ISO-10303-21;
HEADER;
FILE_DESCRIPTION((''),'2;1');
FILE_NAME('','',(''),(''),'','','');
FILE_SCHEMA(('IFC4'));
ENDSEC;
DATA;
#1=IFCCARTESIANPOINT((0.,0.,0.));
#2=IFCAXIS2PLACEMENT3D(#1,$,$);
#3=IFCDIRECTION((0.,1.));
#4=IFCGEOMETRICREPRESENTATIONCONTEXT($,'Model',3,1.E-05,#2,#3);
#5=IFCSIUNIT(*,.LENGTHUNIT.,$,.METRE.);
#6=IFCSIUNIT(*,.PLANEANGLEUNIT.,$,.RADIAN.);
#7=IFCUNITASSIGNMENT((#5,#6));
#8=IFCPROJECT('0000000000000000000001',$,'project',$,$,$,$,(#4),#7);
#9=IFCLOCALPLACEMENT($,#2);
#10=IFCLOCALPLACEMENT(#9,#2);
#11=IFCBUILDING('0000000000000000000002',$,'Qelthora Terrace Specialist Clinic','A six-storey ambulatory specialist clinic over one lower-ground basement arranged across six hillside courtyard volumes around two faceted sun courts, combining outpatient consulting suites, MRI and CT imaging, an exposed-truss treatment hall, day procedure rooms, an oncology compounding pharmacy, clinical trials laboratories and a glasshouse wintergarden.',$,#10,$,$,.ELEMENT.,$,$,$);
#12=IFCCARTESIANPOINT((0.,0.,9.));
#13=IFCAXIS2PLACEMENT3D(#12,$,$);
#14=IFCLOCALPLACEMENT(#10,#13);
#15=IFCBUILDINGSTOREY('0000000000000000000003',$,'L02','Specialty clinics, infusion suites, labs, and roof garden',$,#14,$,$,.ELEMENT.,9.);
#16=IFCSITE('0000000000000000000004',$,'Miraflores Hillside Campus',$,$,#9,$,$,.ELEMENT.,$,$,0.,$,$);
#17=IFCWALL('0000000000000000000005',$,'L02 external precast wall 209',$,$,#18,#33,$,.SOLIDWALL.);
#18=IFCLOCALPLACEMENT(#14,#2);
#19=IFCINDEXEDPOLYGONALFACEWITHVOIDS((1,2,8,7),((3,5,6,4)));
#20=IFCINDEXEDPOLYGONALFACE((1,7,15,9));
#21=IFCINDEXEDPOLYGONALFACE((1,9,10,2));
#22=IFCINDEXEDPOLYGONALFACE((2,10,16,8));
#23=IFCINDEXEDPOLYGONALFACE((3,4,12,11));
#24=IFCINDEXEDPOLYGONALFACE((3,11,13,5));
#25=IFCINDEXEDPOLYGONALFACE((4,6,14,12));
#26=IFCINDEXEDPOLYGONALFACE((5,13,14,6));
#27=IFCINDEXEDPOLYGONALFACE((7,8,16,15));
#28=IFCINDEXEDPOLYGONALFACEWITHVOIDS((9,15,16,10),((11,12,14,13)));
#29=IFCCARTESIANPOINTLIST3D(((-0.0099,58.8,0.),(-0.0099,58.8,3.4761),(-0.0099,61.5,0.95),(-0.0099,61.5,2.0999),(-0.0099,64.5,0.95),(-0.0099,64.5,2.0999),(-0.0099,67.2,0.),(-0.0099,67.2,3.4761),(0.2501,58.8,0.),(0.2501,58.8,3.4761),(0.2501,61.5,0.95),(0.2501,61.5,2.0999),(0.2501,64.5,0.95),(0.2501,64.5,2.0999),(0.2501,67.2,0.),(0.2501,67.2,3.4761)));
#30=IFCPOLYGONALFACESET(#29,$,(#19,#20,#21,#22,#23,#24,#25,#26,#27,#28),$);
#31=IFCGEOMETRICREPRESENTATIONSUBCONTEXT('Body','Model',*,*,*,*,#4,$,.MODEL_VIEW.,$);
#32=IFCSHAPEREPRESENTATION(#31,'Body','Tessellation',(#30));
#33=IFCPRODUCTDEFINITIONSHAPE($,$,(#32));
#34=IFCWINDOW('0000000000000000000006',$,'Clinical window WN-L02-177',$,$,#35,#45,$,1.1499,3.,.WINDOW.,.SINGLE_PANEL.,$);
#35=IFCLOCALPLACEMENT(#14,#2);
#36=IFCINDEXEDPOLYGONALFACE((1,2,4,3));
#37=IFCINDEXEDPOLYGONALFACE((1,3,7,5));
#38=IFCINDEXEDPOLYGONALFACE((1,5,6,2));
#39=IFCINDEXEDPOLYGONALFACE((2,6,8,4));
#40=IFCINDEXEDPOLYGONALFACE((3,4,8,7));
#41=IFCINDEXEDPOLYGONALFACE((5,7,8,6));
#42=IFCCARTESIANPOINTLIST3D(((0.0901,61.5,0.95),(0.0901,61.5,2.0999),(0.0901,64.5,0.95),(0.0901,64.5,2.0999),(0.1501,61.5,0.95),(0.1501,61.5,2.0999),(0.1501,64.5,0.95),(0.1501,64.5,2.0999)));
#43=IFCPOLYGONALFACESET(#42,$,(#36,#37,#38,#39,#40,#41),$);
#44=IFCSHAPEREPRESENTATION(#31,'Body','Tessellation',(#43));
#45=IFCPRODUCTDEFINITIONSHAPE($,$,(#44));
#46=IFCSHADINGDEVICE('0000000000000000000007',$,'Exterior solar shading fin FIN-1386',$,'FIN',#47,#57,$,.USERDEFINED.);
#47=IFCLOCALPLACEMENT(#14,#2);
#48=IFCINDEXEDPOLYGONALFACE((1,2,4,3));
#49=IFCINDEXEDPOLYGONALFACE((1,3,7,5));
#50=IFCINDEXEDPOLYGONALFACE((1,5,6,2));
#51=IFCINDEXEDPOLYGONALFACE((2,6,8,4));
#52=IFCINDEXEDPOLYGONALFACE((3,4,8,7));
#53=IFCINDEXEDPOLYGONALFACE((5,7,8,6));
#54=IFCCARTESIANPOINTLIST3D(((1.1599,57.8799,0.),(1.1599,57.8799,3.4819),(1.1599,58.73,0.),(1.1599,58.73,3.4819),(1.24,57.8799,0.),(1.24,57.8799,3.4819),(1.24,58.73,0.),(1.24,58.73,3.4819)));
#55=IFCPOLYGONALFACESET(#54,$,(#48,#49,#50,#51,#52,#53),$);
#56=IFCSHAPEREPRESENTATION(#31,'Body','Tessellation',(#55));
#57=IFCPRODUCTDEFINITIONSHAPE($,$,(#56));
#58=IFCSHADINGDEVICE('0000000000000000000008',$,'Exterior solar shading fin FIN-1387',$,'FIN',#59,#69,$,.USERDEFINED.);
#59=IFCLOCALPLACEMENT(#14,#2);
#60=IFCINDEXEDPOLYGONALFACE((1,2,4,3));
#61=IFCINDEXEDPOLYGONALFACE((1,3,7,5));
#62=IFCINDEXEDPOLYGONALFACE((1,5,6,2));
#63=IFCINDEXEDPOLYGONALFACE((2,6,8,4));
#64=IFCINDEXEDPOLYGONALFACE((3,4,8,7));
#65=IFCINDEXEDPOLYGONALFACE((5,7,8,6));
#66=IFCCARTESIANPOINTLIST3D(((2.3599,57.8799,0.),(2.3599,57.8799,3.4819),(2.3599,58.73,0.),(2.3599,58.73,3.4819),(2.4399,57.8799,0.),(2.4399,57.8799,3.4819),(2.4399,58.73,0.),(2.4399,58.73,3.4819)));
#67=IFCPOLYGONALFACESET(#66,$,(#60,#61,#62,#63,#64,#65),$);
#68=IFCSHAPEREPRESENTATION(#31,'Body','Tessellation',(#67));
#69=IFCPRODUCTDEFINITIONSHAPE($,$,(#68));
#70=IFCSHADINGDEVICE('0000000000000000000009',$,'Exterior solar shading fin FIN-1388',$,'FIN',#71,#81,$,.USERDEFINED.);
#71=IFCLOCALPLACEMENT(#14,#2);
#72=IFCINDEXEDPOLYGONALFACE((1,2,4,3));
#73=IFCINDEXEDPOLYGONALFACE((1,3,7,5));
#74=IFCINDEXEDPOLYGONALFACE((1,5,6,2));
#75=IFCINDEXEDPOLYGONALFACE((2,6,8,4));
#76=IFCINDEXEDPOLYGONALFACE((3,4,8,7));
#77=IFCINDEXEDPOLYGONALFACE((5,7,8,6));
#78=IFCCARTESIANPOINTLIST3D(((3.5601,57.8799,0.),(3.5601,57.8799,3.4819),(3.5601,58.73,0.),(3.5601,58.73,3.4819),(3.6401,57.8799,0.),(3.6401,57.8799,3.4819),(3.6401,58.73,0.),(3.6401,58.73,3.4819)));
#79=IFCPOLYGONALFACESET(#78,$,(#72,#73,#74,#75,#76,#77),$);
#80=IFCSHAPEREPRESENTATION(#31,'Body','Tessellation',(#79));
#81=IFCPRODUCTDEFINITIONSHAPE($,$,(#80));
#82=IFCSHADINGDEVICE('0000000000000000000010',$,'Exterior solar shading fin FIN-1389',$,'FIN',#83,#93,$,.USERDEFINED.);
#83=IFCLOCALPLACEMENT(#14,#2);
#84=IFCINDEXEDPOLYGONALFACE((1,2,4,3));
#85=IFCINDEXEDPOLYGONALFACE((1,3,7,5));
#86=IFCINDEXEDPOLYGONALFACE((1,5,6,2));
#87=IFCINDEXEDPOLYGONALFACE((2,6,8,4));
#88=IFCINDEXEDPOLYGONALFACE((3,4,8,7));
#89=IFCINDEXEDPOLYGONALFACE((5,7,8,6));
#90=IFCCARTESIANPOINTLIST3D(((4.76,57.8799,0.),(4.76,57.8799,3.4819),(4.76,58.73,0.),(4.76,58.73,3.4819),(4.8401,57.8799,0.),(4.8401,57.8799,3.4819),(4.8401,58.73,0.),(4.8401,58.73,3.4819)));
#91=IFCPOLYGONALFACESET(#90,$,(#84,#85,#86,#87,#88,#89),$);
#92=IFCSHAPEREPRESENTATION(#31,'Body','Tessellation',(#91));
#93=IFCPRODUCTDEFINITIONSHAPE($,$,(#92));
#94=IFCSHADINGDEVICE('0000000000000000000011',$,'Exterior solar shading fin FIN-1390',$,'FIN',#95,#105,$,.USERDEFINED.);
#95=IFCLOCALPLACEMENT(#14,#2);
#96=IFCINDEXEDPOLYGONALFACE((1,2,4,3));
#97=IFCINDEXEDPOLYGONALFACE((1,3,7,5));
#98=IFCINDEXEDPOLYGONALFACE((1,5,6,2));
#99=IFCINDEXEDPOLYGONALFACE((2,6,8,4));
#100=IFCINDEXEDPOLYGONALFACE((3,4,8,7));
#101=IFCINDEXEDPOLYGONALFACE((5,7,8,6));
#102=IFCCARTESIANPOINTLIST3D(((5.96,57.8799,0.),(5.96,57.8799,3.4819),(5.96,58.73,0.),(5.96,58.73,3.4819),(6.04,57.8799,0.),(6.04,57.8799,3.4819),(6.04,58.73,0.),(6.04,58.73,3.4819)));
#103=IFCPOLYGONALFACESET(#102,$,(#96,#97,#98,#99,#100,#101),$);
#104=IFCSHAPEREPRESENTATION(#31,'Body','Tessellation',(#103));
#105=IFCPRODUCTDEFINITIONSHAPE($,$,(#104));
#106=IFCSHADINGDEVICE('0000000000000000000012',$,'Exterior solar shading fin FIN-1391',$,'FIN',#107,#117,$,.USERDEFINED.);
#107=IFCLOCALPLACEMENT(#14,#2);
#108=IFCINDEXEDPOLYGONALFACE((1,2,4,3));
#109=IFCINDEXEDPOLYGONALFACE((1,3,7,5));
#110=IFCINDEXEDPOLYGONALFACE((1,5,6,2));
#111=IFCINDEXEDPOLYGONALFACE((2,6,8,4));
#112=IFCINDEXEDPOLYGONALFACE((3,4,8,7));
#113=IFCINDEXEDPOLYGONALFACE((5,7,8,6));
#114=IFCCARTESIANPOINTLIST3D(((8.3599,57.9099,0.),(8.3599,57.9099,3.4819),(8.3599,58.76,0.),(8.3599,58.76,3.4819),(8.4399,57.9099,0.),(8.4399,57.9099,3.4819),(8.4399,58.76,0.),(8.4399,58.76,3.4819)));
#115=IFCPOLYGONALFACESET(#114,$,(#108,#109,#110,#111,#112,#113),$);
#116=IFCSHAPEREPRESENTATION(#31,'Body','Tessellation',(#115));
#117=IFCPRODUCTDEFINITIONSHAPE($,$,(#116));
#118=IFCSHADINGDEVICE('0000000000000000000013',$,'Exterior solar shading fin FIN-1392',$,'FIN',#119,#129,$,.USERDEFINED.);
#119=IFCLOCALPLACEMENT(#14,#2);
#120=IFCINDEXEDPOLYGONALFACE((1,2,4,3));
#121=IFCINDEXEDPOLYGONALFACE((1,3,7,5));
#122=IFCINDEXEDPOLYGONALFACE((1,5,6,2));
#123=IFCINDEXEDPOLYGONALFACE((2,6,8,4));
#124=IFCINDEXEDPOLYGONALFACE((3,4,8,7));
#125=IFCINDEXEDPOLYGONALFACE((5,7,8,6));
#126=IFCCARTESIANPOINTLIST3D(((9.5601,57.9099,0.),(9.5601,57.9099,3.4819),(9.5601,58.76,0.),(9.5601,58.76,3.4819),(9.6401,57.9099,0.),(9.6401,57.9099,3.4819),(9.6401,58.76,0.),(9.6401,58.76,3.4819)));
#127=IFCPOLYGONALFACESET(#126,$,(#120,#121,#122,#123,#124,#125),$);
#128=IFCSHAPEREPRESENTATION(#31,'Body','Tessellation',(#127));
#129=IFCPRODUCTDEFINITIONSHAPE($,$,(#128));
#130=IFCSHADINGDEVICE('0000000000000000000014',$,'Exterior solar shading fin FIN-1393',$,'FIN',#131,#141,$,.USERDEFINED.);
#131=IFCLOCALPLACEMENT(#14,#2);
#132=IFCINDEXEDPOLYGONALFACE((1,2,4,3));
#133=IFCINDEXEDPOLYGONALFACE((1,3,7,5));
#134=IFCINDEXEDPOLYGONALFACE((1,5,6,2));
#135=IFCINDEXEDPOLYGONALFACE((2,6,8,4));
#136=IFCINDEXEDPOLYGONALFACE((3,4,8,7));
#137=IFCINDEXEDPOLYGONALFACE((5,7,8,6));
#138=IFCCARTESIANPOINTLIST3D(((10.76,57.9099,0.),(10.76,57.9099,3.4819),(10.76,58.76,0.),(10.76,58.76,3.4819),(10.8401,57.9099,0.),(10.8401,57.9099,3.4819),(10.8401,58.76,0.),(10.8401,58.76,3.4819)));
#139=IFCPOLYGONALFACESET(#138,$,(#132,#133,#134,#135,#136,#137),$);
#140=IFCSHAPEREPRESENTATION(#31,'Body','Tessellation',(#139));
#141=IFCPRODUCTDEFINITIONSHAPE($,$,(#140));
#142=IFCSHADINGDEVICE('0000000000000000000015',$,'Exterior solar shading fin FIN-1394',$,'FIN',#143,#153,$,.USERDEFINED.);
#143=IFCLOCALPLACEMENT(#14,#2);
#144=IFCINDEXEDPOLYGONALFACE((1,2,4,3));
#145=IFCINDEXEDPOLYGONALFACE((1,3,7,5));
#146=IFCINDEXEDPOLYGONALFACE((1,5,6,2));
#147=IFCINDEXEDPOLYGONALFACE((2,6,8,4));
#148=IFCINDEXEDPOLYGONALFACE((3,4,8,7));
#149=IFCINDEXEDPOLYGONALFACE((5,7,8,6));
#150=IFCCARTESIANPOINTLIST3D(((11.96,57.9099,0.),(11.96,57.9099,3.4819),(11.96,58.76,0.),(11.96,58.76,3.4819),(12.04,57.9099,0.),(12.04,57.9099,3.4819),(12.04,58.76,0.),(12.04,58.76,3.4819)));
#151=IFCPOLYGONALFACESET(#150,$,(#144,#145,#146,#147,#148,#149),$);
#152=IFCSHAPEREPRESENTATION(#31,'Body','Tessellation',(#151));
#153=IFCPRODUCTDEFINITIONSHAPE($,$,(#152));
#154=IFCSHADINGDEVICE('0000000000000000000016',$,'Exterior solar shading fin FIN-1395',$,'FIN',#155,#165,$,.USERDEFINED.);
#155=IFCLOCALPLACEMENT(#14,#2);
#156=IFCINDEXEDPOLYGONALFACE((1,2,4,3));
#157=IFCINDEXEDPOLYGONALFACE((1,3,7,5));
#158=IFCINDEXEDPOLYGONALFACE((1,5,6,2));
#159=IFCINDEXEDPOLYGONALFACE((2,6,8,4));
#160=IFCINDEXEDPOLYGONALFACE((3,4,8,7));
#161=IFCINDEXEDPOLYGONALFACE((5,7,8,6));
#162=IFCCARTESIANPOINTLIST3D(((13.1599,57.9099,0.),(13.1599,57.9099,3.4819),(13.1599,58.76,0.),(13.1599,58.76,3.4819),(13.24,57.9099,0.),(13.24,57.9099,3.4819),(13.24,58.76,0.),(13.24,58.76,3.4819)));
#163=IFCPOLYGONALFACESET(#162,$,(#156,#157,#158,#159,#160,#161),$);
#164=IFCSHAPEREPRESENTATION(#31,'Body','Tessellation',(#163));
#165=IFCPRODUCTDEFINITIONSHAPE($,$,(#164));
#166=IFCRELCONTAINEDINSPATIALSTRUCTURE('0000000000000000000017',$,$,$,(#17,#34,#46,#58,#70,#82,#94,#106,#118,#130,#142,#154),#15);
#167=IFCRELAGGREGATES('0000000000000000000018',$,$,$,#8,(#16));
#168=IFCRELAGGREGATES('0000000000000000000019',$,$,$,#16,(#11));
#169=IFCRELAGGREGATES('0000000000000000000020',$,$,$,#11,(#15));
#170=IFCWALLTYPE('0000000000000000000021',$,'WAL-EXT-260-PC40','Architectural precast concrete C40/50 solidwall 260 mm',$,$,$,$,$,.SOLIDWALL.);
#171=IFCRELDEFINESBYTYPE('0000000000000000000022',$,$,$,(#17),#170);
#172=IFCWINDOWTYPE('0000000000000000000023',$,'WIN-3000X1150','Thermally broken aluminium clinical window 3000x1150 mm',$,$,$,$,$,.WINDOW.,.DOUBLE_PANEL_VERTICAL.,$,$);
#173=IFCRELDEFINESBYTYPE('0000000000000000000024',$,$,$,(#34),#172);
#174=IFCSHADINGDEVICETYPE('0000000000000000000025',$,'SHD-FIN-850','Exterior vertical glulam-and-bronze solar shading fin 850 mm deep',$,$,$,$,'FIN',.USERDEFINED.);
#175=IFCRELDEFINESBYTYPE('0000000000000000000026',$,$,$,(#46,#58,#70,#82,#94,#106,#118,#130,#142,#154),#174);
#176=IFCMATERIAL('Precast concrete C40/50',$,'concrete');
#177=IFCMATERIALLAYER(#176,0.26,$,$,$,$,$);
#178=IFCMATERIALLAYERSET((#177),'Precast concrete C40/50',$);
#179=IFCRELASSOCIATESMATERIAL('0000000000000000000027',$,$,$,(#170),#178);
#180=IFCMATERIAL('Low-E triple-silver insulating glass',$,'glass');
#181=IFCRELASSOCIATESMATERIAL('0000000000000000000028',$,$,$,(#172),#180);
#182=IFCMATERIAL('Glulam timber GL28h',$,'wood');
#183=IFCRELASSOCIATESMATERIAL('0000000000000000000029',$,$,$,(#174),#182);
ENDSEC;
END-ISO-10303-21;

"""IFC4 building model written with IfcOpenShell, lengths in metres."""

from ifc_helpers import new_model, si_unit, direction, frame, frame_2d, origin, origin_2d, place, context, subcontext, project, spatial, rectangle, extrude, material, layer, layer_set, type_object, element, fill, save


model = new_model("IFC4")

# Units and contexts
model_context = context("Model", 3, precision=1e-05, world=origin(), true_north=direction((0.0, 1.0)))
body_context = subcontext(model_context, "Body", "Model", "MODEL_VIEW")
ifc_project = project(units=[si_unit("LENGTHUNIT", "METRE"), si_unit("PLANEANGLEUNIT", "RADIAN")], contexts=[model_context])

# Site, building, storey
site_placement = place(None, origin())
site = spatial("IfcSite", under=ifc_project, at=site_placement, Name="Miraflores Hillside Campus", CompositionType="ELEMENT", RefElevation=0.0)
building_placement = place(site_placement, origin())
building = spatial("IfcBuilding", under=site, at=building_placement, Name="Qelthora Terrace Specialist Clinic", Description="A six-storey ambulatory specialist clinic over one lower-ground basement arranged across six hillside courtyard volumes around two faceted sun courts, combining outpatient consulting suites, MRI and CT imaging, an exposed-truss treatment hall, day procedure rooms, an oncology compounding pharmacy, clinical trials laboratories and a glasshouse wintergarden.", CompositionType="ELEMENT")
storey_placement = place(building_placement, frame((0.0, 0.0, 9.0)))
storey = spatial("IfcBuildingStorey", under=building, at=storey_placement, Name="L02", Description="Specialty clinics, infusion suites, labs, and roof garden", CompositionType="ELEMENT", Elevation=9.0)

# Wall, opening, window
ifc_material_1 = material(Name="Precast concrete C40/50", Category="concrete")
ifc_layer = layer(ifc_material_1, 0.26)
ifc_layer_set = layer_set([ifc_layer], Name="Precast concrete C40/50")
wall_type = type_object("IfcWallType", Name="WAL-EXT-260-PC40", Description="Architectural precast concrete C40/50 solidwall 260 mm", PredefinedType="SOLIDWALL", material=ifc_layer_set)
wall_placement = place(storey_placement, frame((0.1201, 58.8, 0.0), z_axis=(0.0, 0.0, 1.0), x_axis=(0.0, 1.0, 0.0)))
wall = element("IfcWall", 1, at=wall_placement, inside=storey, type_object=wall_type, Name="L02 external precast wall 209", PredefinedType="SOLIDWALL", context=body_context, shape_type="SweptSolid", body=[
    extrude(rectangle(XDim=8.3999, YDim=0.26, at=frame_2d((4.2, 0.0))), origin(), (0.0, 0.0, 1.0), 3.4761),
])
opening_placement = place(wall_placement, frame((2.7, 0.0, 0.95)))
opening = element("IfcOpeningElement", 2, at=opening_placement, cuts=wall, PredefinedType="OPENING", context=body_context, shape_type="SweptSolid", body=[
    extrude(rectangle(XDim=3.0, YDim=1.1499, at=frame_2d((1.5, 0.575))), frame((0.0, 0.1399, 0.0), z_axis=(0.0, -1.0, 0.0), x_axis=(1.0, 0.0, 0.0)), (0.0, 0.0, 1.0), 0.28),
])
ifc_material_2 = material(Name="Low-E triple-silver insulating glass", Category="glass")
window_type = type_object("IfcWindowType", Name="WIN-3000X1150", Description="Thermally broken aluminium clinical window 3000x1150 mm", PartitioningType="DOUBLE_PANEL_VERTICAL", PredefinedType="WINDOW", material=ifc_material_2)
window_placement = place(opening_placement, origin())
window = element("IfcWindow", 3, at=window_placement, inside=storey, type_object=window_type, Name="Clinical window WN-L02-177", OverallHeight=1.1499, OverallWidth=3.0, PartitioningType="SINGLE_PANEL", PredefinedType="WINDOW", context=body_context, shape_type="SweptSolid", body=[
    extrude(rectangle(XDim=3.0, YDim=1.1499, at=frame_2d((1.5, 0.575))), frame((0.0, 0.03, 0.0), z_axis=(0.0, -1.0, 0.0), x_axis=(1.0, 0.0, 0.0)), (0.0, 0.0, 1.0), 0.0601),
])
fill(opening, window)

# Shading devices
ifc_material_3 = material(Name="Glulam timber GL28h", Category="wood")
shading_device_type = type_object("IfcShadingDeviceType", Name="SHD-FIN-850", Description="Exterior vertical glulam-and-bronze solar shading fin 850 mm deep", ElementType="FIN", PredefinedType="USERDEFINED", material=ifc_material_3)
for number, where, z_axis, x_axis, name in (
    (4, (1.2, 58.3049, 0.0), (0.0, 0.0, 1.0), (0.0, -1.0, 0.0), "Exterior solar shading fin FIN-1386"),
    (5, (2.3999, 58.3049, 0.0), (0.0, 0.0, 1.0), (0.0, -1.0, 0.0), "Exterior solar shading fin FIN-1387"),
    (6, (3.6001, 58.3049, 0.0), (0.0, 0.0, 1.0), (0.0, -1.0, 0.0), "Exterior solar shading fin FIN-1388"),
    (7, (4.8, 58.3049, 0.0), (0.0, 0.0, 1.0), (0.0, -1.0, 0.0), "Exterior solar shading fin FIN-1389"),
    (8, (6.0, 58.3049, 0.0), (0.0, 0.0, 1.0), (0.0, -1.0, 0.0), "Exterior solar shading fin FIN-1390"),
    (9, (8.3999, 58.335, 0.0), (0.0, 0.0, 1.0), (0.0, -1.0, 0.0), "Exterior solar shading fin FIN-1391"),
    (10, (9.6001, 58.335, 0.0), (0.0, 0.0, 1.0), (0.0, -1.0, 0.0), "Exterior solar shading fin FIN-1392"),
    (11, (10.8, 58.335, 0.0), (0.0, 0.0, 1.0), (0.0, -1.0, 0.0), "Exterior solar shading fin FIN-1393"),
    (12, (12.0, 58.335, 0.0), (0.0, 0.0, 1.0), (0.0, -1.0, 0.0), "Exterior solar shading fin FIN-1394"),
    (13, (13.2, 58.335, 0.0), (0.0, 0.0, 1.0), (0.0, -1.0, 0.0), "Exterior solar shading fin FIN-1395"),
):
    element("IfcShadingDevice", number, at=place(storey_placement, frame(where, z_axis=z_axis, x_axis=x_axis)), inside=storey, type_object=shading_device_type, Name=name, ObjectType="FIN", PredefinedType="USERDEFINED", context=body_context, shape_type="SweptSolid", body=[
        extrude(rectangle(XDim=0.8501, YDim=0.0801, at=origin_2d()), origin(), (0.0, 0.0, 1.0), 3.4819),
    ])

save(model, "model.ifc")
